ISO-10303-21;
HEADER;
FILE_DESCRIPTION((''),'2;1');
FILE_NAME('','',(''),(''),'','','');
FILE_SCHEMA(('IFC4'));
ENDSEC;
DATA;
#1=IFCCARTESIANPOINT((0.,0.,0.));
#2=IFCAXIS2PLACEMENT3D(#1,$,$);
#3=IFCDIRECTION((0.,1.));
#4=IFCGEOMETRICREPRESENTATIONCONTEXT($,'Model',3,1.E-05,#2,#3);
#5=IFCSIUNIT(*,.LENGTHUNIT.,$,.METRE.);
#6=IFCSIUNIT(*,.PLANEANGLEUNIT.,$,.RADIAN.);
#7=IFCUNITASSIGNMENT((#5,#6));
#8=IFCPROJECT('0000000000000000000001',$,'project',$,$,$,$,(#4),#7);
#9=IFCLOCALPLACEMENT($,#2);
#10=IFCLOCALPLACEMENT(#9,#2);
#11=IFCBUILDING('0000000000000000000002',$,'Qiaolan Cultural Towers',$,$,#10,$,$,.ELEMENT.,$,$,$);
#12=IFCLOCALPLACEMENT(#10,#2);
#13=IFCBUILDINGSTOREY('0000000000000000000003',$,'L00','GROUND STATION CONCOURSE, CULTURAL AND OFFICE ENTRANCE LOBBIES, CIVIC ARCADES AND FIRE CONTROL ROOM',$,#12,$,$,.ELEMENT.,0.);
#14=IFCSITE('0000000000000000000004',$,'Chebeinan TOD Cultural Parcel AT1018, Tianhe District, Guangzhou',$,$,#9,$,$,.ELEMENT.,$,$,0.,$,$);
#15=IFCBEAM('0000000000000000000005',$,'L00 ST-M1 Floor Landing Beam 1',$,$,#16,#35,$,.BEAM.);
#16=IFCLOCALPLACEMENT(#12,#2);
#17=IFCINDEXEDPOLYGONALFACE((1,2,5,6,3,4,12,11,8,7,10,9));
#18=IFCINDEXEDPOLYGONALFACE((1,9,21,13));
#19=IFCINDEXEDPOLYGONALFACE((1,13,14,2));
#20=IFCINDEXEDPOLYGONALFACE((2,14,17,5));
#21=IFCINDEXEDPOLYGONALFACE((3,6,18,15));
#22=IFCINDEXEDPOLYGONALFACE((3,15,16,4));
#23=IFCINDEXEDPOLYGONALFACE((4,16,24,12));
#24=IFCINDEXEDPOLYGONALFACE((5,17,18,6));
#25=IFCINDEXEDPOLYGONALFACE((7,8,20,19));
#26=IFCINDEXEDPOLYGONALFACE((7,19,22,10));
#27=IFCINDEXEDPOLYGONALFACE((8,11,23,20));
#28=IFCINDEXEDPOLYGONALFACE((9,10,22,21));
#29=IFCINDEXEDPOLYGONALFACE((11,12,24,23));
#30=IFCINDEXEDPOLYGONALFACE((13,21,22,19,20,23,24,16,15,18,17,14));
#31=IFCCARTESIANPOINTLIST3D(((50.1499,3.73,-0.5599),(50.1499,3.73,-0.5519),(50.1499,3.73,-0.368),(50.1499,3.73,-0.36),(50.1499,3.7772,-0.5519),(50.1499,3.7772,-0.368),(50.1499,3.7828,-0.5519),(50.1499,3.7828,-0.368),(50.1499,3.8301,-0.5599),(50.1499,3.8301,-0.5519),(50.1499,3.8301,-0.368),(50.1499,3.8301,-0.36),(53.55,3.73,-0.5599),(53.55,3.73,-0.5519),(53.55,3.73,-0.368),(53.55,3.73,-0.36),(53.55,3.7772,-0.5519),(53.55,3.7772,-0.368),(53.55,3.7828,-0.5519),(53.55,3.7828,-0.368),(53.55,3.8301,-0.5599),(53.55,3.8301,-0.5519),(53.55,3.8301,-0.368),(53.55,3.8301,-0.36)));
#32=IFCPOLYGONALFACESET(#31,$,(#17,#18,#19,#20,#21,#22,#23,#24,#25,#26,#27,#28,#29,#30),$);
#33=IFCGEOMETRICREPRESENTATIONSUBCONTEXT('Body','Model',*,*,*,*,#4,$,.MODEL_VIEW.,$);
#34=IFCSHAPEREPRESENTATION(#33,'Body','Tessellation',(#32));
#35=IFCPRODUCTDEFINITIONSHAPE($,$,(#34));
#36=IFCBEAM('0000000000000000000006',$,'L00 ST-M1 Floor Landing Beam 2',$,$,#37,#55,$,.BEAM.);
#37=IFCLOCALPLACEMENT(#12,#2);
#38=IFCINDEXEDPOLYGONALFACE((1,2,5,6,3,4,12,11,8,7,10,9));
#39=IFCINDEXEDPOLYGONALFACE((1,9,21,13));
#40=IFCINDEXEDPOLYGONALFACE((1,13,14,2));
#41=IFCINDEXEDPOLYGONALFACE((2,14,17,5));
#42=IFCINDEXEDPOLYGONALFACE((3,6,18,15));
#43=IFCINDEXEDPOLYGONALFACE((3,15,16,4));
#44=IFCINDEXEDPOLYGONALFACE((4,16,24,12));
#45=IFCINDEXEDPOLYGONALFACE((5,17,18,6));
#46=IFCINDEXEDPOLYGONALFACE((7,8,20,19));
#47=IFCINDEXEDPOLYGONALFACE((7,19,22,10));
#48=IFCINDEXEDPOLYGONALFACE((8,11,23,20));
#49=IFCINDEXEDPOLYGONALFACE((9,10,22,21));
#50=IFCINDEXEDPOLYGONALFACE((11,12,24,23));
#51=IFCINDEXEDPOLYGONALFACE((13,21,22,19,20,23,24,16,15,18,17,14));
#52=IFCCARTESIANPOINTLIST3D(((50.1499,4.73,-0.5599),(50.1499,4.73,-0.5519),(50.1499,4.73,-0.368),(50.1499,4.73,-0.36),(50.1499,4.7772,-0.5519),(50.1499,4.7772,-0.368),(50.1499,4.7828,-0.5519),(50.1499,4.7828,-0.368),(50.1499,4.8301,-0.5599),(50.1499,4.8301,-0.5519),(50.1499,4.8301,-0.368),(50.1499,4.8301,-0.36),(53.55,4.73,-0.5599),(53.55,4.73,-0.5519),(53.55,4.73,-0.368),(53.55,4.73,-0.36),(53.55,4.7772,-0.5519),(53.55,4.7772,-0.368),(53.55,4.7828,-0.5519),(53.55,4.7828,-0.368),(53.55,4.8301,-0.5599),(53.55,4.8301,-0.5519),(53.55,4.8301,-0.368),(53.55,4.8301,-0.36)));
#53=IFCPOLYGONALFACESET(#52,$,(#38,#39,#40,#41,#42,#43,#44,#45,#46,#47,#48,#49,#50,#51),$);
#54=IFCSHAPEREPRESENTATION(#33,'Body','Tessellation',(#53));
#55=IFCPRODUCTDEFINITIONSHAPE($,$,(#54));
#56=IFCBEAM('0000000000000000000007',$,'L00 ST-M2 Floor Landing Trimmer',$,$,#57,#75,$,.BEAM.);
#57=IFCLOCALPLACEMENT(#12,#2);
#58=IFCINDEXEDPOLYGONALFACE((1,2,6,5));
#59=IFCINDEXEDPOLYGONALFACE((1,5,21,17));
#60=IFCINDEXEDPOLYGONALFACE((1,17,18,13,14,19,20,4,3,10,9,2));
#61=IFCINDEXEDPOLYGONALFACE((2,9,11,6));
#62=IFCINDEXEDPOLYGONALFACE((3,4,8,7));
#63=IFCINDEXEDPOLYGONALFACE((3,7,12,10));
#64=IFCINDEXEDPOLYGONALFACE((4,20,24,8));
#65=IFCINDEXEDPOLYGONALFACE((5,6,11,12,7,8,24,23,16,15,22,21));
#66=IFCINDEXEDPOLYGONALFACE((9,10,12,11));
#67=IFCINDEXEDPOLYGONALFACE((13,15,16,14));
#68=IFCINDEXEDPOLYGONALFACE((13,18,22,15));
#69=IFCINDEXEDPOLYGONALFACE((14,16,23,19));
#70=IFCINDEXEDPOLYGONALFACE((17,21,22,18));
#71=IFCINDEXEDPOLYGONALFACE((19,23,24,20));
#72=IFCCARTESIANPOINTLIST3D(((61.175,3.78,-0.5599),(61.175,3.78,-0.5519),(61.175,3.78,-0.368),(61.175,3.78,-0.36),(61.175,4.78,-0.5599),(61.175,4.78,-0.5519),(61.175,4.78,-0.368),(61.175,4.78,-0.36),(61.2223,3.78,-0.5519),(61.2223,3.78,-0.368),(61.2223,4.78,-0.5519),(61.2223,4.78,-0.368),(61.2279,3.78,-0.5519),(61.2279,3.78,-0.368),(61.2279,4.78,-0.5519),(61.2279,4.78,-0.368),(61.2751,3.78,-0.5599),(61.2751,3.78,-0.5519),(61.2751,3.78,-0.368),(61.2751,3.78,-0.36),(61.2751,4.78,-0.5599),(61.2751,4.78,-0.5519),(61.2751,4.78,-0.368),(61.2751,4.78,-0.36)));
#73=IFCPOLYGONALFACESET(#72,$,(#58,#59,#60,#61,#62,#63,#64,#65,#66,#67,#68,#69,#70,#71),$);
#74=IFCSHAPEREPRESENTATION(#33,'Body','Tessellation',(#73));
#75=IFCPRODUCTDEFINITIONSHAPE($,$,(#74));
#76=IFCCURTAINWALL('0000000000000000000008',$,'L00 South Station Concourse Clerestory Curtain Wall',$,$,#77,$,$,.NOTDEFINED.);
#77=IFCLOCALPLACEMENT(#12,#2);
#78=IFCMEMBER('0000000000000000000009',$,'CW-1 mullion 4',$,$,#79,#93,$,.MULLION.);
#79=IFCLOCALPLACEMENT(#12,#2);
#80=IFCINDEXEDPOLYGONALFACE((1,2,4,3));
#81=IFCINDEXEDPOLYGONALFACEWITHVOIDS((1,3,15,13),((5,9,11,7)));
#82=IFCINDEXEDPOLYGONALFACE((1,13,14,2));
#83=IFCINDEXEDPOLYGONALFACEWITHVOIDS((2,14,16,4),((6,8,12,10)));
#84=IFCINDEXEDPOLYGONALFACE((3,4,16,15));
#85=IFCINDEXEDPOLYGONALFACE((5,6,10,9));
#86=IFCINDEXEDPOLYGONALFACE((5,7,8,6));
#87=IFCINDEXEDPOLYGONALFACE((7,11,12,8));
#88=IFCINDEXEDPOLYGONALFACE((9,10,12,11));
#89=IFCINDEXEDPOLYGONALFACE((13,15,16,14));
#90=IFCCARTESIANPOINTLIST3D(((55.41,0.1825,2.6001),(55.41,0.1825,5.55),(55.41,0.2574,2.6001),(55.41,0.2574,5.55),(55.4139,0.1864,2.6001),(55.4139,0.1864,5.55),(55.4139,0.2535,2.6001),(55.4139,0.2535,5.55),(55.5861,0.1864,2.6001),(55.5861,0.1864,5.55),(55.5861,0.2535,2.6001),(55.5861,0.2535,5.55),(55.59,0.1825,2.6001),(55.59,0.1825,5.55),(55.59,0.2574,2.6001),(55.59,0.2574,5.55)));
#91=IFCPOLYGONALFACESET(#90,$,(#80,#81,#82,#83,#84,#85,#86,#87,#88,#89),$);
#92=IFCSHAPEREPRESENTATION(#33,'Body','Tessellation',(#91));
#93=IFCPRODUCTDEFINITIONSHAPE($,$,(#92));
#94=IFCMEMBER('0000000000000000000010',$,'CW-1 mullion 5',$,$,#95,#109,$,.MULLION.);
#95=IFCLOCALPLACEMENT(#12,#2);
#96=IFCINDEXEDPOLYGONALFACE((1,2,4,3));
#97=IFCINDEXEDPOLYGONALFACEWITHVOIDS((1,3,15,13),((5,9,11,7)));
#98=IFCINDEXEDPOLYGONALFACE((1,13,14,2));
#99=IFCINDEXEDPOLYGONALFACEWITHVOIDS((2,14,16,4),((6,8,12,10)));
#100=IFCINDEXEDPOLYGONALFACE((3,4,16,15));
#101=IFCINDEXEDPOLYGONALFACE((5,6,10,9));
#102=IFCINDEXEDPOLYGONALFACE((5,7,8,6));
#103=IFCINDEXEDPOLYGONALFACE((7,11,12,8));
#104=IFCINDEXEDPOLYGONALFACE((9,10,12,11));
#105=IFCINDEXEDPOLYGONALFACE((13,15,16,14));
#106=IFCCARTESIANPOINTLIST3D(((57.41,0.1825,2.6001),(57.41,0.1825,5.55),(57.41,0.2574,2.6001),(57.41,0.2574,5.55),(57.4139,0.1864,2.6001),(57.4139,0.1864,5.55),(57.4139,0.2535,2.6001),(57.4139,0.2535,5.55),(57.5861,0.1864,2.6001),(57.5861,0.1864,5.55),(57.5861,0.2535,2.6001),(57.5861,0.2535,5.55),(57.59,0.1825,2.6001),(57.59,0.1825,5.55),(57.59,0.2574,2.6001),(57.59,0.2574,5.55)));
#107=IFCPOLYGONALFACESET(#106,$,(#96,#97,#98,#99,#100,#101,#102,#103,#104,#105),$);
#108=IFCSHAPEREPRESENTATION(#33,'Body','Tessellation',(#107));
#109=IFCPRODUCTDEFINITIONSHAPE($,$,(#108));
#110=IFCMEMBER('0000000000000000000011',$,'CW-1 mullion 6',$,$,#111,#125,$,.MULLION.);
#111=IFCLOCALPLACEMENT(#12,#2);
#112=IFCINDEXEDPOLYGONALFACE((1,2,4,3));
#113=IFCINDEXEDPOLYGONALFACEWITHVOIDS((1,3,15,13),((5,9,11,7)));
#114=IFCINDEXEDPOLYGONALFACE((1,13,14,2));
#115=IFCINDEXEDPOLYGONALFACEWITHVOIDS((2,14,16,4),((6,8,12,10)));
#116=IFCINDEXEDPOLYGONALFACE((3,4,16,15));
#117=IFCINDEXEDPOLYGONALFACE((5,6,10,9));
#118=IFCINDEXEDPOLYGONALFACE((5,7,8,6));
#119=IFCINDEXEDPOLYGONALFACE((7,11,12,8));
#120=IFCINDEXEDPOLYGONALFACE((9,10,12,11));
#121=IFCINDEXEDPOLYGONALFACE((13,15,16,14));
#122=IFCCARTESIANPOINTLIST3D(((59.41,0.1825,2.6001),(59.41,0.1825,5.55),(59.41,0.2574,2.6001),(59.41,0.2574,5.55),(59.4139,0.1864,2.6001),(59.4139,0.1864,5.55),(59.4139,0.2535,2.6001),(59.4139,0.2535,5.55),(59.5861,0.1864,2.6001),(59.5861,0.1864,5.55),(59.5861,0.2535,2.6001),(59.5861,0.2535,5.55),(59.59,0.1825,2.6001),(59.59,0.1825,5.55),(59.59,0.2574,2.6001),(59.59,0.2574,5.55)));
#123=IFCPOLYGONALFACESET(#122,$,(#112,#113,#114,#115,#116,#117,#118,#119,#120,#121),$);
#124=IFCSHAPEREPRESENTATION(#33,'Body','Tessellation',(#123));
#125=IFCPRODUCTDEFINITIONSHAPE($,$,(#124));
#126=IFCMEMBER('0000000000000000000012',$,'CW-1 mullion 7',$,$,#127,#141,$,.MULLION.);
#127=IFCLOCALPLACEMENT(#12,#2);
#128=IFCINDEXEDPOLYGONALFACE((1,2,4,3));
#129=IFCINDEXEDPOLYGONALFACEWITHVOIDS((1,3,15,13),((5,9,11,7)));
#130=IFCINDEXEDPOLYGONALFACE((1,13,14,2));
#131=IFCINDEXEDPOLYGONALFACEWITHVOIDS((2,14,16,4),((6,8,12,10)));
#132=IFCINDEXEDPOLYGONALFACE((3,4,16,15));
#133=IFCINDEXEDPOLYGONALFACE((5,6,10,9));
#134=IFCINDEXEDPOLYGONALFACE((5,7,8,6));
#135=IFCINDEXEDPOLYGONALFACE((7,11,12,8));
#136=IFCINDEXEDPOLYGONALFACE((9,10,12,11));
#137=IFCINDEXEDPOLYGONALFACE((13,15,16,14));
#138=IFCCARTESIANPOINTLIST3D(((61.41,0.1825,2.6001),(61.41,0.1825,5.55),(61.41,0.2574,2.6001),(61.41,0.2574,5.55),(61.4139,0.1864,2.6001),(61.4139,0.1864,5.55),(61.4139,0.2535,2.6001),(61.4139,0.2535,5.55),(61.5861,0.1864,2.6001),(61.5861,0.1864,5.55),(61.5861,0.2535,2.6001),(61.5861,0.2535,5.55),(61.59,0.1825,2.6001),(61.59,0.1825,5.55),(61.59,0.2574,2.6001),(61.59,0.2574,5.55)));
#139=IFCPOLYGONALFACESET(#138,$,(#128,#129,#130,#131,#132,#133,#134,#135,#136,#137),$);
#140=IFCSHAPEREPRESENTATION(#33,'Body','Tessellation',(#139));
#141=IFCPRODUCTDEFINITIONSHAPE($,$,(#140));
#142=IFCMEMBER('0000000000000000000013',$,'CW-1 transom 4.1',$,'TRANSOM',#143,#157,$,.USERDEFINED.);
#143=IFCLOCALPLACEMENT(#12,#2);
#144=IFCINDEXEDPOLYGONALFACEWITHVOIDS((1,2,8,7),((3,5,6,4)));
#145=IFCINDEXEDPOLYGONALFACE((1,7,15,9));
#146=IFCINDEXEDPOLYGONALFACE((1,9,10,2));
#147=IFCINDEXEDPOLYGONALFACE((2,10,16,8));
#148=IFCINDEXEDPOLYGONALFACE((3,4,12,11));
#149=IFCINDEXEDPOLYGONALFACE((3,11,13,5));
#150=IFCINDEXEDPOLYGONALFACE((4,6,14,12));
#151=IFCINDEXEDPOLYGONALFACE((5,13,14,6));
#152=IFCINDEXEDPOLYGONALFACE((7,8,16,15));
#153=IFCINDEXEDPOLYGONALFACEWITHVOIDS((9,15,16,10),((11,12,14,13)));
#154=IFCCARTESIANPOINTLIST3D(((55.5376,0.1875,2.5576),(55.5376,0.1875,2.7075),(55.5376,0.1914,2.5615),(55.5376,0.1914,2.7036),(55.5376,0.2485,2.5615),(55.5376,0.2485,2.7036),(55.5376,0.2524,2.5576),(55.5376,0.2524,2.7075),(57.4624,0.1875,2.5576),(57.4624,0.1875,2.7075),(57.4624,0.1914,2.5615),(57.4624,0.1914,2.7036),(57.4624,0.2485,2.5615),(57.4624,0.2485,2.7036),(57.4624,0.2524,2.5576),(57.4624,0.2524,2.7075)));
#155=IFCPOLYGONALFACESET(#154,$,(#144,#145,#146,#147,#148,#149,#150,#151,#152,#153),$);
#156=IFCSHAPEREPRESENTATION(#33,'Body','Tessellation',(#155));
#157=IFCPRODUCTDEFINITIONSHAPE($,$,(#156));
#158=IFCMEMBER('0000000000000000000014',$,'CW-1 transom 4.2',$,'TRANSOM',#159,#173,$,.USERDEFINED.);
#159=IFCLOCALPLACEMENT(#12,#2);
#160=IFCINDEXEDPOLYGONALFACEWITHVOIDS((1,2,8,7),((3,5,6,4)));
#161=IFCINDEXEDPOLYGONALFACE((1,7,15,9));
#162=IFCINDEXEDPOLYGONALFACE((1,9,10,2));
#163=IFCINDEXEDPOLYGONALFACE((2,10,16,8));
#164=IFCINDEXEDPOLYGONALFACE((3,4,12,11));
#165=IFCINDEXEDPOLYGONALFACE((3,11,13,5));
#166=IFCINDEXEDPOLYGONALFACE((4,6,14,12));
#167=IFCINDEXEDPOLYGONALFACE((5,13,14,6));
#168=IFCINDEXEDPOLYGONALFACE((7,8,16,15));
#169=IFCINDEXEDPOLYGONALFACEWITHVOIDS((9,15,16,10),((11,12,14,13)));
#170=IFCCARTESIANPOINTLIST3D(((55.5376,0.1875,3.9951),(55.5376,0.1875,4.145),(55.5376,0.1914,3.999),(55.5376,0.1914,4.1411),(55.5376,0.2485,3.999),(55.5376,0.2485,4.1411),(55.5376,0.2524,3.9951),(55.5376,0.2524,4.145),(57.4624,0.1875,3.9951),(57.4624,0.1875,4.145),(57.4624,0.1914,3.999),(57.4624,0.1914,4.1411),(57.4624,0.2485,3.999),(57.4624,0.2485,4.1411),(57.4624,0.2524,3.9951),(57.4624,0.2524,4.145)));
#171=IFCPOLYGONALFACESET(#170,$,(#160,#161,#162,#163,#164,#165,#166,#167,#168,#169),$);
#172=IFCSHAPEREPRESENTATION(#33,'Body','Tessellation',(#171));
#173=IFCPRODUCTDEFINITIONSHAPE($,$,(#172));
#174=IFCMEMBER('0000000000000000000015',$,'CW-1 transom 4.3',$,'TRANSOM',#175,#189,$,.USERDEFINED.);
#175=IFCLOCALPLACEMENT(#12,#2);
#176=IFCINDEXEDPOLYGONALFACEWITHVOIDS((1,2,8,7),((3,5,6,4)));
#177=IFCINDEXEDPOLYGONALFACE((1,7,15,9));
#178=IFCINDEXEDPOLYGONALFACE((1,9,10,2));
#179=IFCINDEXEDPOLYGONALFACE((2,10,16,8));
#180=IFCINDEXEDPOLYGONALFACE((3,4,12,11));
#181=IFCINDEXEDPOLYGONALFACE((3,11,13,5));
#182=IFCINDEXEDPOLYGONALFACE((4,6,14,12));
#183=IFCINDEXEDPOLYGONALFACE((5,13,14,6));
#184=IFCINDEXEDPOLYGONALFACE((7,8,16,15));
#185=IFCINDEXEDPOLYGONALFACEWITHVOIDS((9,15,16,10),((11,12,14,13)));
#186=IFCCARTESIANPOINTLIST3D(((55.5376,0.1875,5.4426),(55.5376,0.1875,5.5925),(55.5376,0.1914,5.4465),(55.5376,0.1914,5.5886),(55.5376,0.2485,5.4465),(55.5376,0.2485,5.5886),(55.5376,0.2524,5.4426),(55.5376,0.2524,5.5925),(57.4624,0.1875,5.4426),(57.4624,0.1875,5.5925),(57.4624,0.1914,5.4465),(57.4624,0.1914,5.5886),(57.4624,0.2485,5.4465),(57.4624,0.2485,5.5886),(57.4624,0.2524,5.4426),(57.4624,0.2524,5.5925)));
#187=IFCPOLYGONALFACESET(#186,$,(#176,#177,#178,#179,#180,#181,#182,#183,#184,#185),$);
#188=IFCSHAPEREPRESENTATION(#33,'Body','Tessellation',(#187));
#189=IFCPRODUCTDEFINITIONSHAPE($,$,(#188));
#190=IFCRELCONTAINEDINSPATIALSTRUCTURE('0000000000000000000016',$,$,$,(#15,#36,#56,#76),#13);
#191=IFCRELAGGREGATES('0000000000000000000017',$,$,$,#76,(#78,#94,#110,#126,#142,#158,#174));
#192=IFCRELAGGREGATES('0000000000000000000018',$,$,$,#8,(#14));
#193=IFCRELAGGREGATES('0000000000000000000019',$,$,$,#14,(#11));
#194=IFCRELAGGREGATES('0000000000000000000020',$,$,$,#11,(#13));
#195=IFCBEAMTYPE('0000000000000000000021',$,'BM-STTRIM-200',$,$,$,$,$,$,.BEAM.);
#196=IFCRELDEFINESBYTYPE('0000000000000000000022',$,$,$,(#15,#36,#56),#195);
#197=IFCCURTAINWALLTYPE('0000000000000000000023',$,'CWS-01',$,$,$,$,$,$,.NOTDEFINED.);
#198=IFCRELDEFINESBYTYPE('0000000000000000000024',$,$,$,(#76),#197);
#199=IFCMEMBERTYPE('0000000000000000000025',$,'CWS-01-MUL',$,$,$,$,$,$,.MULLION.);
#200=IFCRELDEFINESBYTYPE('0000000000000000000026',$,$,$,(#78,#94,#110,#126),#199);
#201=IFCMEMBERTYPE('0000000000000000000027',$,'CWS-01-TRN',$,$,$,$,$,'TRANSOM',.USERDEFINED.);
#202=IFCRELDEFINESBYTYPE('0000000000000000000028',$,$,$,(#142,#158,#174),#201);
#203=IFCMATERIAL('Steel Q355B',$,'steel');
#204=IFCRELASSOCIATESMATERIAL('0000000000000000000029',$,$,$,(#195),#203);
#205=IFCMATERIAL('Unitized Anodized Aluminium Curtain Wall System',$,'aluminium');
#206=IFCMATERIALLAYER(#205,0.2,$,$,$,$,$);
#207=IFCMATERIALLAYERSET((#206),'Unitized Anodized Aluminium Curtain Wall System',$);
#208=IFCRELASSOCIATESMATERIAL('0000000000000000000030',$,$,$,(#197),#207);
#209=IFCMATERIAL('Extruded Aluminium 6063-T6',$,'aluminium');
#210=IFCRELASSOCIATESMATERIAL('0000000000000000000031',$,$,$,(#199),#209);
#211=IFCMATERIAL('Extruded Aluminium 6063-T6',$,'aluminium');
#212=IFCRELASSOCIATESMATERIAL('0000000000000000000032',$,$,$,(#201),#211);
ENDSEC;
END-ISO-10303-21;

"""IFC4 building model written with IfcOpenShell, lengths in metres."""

from ifc_helpers import new_model, si_unit, direction, frame, origin, origin_2d, place, context, subcontext, project, spatial, hollow_rectangle, i_section, extrude, material, layer, layer_set, material_profile, profile_set, type_object, element, aggregate, save


model = new_model("IFC4")

# Units and contexts
model_context = context("Model", 3, precision=1e-05, world=origin(), true_north=direction((0.0, 1.0)))
body_context = subcontext(model_context, "Body", "Model", "MODEL_VIEW")
ifc_project = project(units=[si_unit("LENGTHUNIT", "METRE"), si_unit("PLANEANGLEUNIT", "RADIAN")], contexts=[model_context])

# Site, building, storey
site_placement = place(None, origin())
site = spatial("IfcSite", under=ifc_project, at=site_placement, Name="Chebeinan TOD Cultural Parcel AT1018, Tianhe District, Guangzhou", CompositionType="ELEMENT", RefElevation=0.0)
building_placement = place(site_placement, origin())
building = spatial("IfcBuilding", under=site, at=building_placement, Name="Qiaolan Cultural Towers", CompositionType="ELEMENT")
storey_placement = place(building_placement, origin())
storey = spatial("IfcBuildingStorey", under=building, at=storey_placement, Name="L00", Description="GROUND STATION CONCOURSE, CULTURAL AND OFFICE ENTRANCE LOBBIES, CIVIC ARCADES AND FIRE CONTROL ROOM", CompositionType="ELEMENT", Elevation=0.0)

# Beams
ifc_material_1 = material(Name="Steel Q355B", Category="steel")
ifc_material_profile_1 = material_profile(ifc_material_1, i_section(OverallWidth=0.1001, OverallDepth=0.2, WebThickness=0.0056, FlangeThickness=0.0081, at=origin_2d()), Name="HN200x100x5.5x8")
ifc_profile_set_1 = profile_set([ifc_material_profile_1], Name="Steel Q355B")
beam_type = type_object("IfcBeamType", Name="BM-STTRIM-200", PredefinedType="BEAM", material=ifc_profile_set_1)
for number, where, z_axis, x_axis, name in (
    (1, (53.55, 3.78, -0.46), (-1.0, 0.0, 0.0), (0.0, -1.0, 0.0), "L00 ST-M1 Floor Landing Beam 1"),
    (2, (53.55, 4.78, -0.46), (-1.0, 0.0, 0.0), (0.0, -1.0, 0.0), "L00 ST-M1 Floor Landing Beam 2"),
):
    element("IfcBeam", number, at=place(storey_placement, frame(where, z_axis=z_axis, x_axis=x_axis)), inside=storey, type_object=beam_type, Name=name, PredefinedType="BEAM", context=body_context, shape_type="SweptSolid", body=[
        extrude(i_section(OverallWidth=0.1001, OverallDepth=0.2, WebThickness=0.0056, FlangeThickness=0.0081, at=origin_2d()), origin(), (0.0, 0.0, 1.0), 3.4001),
    ])
beam_placement = place(storey_placement, frame((61.2251, 3.78, -0.46), z_axis=(0.0, 1.0, 0.0), x_axis=(-1.0, 0.0, 0.0)))
element("IfcBeam", 3, at=beam_placement, inside=storey, type_object=beam_type, Name="L00 ST-M2 Floor Landing Trimmer", PredefinedType="BEAM", context=body_context, shape_type="SweptSolid", body=[
    extrude(i_section(OverallWidth=0.1001, OverallDepth=0.2, WebThickness=0.0056, FlangeThickness=0.0081, at=origin_2d()), origin(), (0.0, 0.0, 1.0), 1.0),
])

# Curtain wall, members
ifc_material_2 = material(Name="Unitized Anodized Aluminium Curtain Wall System", Category="aluminium")
ifc_layer_1 = layer(ifc_material_2, 0.2)
ifc_layer_set_1 = layer_set([ifc_layer_1], Name="Unitized Anodized Aluminium Curtain Wall System")
curtain_wall_type = type_object("IfcCurtainWallType", Name="CWS-01", PredefinedType="NOTDEFINED", material=ifc_layer_set_1)
curtain_wall_placement = place(storey_placement, origin())
curtain_wall = element("IfcCurtainWall", 4, at=curtain_wall_placement, inside=storey, type_object=curtain_wall_type, Name="L00 South Station Concourse Clerestory Curtain Wall", PredefinedType="NOTDEFINED")
ifc_material_3 = material(Name="Extruded Aluminium 6063-T6", Category="aluminium")
ifc_material_profile_2 = material_profile(ifc_material_3, hollow_rectangle(XDim=0.075, YDim=0.1799, WallThickness=0.0039, at=origin_2d()), Name="CWM-180x75x4")
ifc_profile_set_2 = profile_set([ifc_material_profile_2], Name="Extruded Aluminium 6063-T6")
member_type_1 = type_object("IfcMemberType", Name="CWS-01-MUL", PredefinedType="MULLION", material=ifc_profile_set_2)
member_1_placement = place(storey_placement, frame((55.5, 0.22, 2.6001), z_axis=(0.0, 0.0, 1.0), x_axis=(0.0, 1.0, 0.0)))
member_1 = element("IfcMember", 5, at=member_1_placement, type_object=member_type_1, Name="CW-1 mullion 4", PredefinedType="MULLION", context=body_context, shape_type="SweptSolid", body=[
    extrude(hollow_rectangle(XDim=0.075, YDim=0.1799, WallThickness=0.0039, at=origin_2d()), origin(), (0.0, 0.0, 1.0), 2.95),
])
member_2_placement = place(storey_placement, frame((57.5, 0.22, 2.6001), z_axis=(0.0, 0.0, 1.0), x_axis=(0.0, 1.0, 0.0)))
member_2 = element("IfcMember", 6, at=member_2_placement, type_object=member_type_1, Name="CW-1 mullion 5", PredefinedType="MULLION", context=body_context, shape_type="SweptSolid", body=[
    extrude(hollow_rectangle(XDim=0.075, YDim=0.1799, WallThickness=0.0039, at=origin_2d()), origin(), (0.0, 0.0, 1.0), 2.95),
])
member_3_placement = place(storey_placement, frame((59.5, 0.22, 2.6001), z_axis=(0.0, 0.0, 1.0), x_axis=(0.0, 1.0, 0.0)))
member_3 = element("IfcMember", 7, at=member_3_placement, type_object=member_type_1, Name="CW-1 mullion 6", PredefinedType="MULLION", context=body_context, shape_type="SweptSolid", body=[
    extrude(hollow_rectangle(XDim=0.075, YDim=0.1799, WallThickness=0.0039, at=origin_2d()), origin(), (0.0, 0.0, 1.0), 2.95),
])
member_4_placement = place(storey_placement, frame((61.5, 0.22, 2.6001), z_axis=(0.0, 0.0, 1.0), x_axis=(0.0, 1.0, 0.0)))
member_4 = element("IfcMember", 8, at=member_4_placement, type_object=member_type_1, Name="CW-1 mullion 7", PredefinedType="MULLION", context=body_context, shape_type="SweptSolid", body=[
    extrude(hollow_rectangle(XDim=0.075, YDim=0.1799, WallThickness=0.0039, at=origin_2d()), origin(), (0.0, 0.0, 1.0), 2.95),
])
ifc_material_4 = material(Name="Extruded Aluminium 6063-T6", Category="aluminium")
ifc_material_profile_3 = material_profile(ifc_material_4, hollow_rectangle(XDim=0.0649, YDim=0.1499, WallThickness=0.0039, at=origin_2d()), Name="CWT-150x65x4")
ifc_profile_set_3 = profile_set([ifc_material_profile_3], Name="Extruded Aluminium 6063-T6")
member_type_2 = type_object("IfcMemberType", Name="CWS-01-TRN", ElementType="TRANSOM", PredefinedType="USERDEFINED", material=ifc_profile_set_3)
member_5_placement = place(storey_placement, frame((55.5376, 0.22, 2.6326), z_axis=(1.0, 0.0, 0.0), x_axis=(0.0, 1.0, 0.0)))
member_5 = element("IfcMember", 9, at=member_5_placement, type_object=member_type_2, Name="CW-1 transom 4.1", ObjectType="TRANSOM", PredefinedType="USERDEFINED", context=body_context, shape_type="SweptSolid", body=[
    extrude(hollow_rectangle(XDim=0.0649, YDim=0.1499, WallThickness=0.0039, at=origin_2d()), origin(), (0.0, 0.0, 1.0), 1.9248),
])
member_6_placement = place(storey_placement, frame((55.5376, 0.22, 4.0701), z_axis=(1.0, 0.0, 0.0), x_axis=(0.0, 1.0, 0.0)))
member_6 = element("IfcMember", 10, at=member_6_placement, type_object=member_type_2, Name="CW-1 transom 4.2", ObjectType="TRANSOM", PredefinedType="USERDEFINED", context=body_context, shape_type="SweptSolid", body=[
    extrude(hollow_rectangle(XDim=0.0649, YDim=0.1499, WallThickness=0.0039, at=origin_2d()), origin(), (0.0, 0.0, 1.0), 1.9248),
])
member_7_placement = place(storey_placement, frame((55.5376, 0.22, 5.5176), z_axis=(1.0, 0.0, 0.0), x_axis=(0.0, 1.0, 0.0)))
member_7 = element("IfcMember", 11, at=member_7_placement, type_object=member_type_2, Name="CW-1 transom 4.3", ObjectType="TRANSOM", PredefinedType="USERDEFINED", context=body_context, shape_type="SweptSolid", body=[
    extrude(hollow_rectangle(XDim=0.0649, YDim=0.1499, WallThickness=0.0039, at=origin_2d()), origin(), (0.0, 0.0, 1.0), 1.9248),
])
aggregate(curtain_wall, [member_1, member_2, member_3, member_4, member_5, member_6, member_7])

save(model, "model.ifc")
